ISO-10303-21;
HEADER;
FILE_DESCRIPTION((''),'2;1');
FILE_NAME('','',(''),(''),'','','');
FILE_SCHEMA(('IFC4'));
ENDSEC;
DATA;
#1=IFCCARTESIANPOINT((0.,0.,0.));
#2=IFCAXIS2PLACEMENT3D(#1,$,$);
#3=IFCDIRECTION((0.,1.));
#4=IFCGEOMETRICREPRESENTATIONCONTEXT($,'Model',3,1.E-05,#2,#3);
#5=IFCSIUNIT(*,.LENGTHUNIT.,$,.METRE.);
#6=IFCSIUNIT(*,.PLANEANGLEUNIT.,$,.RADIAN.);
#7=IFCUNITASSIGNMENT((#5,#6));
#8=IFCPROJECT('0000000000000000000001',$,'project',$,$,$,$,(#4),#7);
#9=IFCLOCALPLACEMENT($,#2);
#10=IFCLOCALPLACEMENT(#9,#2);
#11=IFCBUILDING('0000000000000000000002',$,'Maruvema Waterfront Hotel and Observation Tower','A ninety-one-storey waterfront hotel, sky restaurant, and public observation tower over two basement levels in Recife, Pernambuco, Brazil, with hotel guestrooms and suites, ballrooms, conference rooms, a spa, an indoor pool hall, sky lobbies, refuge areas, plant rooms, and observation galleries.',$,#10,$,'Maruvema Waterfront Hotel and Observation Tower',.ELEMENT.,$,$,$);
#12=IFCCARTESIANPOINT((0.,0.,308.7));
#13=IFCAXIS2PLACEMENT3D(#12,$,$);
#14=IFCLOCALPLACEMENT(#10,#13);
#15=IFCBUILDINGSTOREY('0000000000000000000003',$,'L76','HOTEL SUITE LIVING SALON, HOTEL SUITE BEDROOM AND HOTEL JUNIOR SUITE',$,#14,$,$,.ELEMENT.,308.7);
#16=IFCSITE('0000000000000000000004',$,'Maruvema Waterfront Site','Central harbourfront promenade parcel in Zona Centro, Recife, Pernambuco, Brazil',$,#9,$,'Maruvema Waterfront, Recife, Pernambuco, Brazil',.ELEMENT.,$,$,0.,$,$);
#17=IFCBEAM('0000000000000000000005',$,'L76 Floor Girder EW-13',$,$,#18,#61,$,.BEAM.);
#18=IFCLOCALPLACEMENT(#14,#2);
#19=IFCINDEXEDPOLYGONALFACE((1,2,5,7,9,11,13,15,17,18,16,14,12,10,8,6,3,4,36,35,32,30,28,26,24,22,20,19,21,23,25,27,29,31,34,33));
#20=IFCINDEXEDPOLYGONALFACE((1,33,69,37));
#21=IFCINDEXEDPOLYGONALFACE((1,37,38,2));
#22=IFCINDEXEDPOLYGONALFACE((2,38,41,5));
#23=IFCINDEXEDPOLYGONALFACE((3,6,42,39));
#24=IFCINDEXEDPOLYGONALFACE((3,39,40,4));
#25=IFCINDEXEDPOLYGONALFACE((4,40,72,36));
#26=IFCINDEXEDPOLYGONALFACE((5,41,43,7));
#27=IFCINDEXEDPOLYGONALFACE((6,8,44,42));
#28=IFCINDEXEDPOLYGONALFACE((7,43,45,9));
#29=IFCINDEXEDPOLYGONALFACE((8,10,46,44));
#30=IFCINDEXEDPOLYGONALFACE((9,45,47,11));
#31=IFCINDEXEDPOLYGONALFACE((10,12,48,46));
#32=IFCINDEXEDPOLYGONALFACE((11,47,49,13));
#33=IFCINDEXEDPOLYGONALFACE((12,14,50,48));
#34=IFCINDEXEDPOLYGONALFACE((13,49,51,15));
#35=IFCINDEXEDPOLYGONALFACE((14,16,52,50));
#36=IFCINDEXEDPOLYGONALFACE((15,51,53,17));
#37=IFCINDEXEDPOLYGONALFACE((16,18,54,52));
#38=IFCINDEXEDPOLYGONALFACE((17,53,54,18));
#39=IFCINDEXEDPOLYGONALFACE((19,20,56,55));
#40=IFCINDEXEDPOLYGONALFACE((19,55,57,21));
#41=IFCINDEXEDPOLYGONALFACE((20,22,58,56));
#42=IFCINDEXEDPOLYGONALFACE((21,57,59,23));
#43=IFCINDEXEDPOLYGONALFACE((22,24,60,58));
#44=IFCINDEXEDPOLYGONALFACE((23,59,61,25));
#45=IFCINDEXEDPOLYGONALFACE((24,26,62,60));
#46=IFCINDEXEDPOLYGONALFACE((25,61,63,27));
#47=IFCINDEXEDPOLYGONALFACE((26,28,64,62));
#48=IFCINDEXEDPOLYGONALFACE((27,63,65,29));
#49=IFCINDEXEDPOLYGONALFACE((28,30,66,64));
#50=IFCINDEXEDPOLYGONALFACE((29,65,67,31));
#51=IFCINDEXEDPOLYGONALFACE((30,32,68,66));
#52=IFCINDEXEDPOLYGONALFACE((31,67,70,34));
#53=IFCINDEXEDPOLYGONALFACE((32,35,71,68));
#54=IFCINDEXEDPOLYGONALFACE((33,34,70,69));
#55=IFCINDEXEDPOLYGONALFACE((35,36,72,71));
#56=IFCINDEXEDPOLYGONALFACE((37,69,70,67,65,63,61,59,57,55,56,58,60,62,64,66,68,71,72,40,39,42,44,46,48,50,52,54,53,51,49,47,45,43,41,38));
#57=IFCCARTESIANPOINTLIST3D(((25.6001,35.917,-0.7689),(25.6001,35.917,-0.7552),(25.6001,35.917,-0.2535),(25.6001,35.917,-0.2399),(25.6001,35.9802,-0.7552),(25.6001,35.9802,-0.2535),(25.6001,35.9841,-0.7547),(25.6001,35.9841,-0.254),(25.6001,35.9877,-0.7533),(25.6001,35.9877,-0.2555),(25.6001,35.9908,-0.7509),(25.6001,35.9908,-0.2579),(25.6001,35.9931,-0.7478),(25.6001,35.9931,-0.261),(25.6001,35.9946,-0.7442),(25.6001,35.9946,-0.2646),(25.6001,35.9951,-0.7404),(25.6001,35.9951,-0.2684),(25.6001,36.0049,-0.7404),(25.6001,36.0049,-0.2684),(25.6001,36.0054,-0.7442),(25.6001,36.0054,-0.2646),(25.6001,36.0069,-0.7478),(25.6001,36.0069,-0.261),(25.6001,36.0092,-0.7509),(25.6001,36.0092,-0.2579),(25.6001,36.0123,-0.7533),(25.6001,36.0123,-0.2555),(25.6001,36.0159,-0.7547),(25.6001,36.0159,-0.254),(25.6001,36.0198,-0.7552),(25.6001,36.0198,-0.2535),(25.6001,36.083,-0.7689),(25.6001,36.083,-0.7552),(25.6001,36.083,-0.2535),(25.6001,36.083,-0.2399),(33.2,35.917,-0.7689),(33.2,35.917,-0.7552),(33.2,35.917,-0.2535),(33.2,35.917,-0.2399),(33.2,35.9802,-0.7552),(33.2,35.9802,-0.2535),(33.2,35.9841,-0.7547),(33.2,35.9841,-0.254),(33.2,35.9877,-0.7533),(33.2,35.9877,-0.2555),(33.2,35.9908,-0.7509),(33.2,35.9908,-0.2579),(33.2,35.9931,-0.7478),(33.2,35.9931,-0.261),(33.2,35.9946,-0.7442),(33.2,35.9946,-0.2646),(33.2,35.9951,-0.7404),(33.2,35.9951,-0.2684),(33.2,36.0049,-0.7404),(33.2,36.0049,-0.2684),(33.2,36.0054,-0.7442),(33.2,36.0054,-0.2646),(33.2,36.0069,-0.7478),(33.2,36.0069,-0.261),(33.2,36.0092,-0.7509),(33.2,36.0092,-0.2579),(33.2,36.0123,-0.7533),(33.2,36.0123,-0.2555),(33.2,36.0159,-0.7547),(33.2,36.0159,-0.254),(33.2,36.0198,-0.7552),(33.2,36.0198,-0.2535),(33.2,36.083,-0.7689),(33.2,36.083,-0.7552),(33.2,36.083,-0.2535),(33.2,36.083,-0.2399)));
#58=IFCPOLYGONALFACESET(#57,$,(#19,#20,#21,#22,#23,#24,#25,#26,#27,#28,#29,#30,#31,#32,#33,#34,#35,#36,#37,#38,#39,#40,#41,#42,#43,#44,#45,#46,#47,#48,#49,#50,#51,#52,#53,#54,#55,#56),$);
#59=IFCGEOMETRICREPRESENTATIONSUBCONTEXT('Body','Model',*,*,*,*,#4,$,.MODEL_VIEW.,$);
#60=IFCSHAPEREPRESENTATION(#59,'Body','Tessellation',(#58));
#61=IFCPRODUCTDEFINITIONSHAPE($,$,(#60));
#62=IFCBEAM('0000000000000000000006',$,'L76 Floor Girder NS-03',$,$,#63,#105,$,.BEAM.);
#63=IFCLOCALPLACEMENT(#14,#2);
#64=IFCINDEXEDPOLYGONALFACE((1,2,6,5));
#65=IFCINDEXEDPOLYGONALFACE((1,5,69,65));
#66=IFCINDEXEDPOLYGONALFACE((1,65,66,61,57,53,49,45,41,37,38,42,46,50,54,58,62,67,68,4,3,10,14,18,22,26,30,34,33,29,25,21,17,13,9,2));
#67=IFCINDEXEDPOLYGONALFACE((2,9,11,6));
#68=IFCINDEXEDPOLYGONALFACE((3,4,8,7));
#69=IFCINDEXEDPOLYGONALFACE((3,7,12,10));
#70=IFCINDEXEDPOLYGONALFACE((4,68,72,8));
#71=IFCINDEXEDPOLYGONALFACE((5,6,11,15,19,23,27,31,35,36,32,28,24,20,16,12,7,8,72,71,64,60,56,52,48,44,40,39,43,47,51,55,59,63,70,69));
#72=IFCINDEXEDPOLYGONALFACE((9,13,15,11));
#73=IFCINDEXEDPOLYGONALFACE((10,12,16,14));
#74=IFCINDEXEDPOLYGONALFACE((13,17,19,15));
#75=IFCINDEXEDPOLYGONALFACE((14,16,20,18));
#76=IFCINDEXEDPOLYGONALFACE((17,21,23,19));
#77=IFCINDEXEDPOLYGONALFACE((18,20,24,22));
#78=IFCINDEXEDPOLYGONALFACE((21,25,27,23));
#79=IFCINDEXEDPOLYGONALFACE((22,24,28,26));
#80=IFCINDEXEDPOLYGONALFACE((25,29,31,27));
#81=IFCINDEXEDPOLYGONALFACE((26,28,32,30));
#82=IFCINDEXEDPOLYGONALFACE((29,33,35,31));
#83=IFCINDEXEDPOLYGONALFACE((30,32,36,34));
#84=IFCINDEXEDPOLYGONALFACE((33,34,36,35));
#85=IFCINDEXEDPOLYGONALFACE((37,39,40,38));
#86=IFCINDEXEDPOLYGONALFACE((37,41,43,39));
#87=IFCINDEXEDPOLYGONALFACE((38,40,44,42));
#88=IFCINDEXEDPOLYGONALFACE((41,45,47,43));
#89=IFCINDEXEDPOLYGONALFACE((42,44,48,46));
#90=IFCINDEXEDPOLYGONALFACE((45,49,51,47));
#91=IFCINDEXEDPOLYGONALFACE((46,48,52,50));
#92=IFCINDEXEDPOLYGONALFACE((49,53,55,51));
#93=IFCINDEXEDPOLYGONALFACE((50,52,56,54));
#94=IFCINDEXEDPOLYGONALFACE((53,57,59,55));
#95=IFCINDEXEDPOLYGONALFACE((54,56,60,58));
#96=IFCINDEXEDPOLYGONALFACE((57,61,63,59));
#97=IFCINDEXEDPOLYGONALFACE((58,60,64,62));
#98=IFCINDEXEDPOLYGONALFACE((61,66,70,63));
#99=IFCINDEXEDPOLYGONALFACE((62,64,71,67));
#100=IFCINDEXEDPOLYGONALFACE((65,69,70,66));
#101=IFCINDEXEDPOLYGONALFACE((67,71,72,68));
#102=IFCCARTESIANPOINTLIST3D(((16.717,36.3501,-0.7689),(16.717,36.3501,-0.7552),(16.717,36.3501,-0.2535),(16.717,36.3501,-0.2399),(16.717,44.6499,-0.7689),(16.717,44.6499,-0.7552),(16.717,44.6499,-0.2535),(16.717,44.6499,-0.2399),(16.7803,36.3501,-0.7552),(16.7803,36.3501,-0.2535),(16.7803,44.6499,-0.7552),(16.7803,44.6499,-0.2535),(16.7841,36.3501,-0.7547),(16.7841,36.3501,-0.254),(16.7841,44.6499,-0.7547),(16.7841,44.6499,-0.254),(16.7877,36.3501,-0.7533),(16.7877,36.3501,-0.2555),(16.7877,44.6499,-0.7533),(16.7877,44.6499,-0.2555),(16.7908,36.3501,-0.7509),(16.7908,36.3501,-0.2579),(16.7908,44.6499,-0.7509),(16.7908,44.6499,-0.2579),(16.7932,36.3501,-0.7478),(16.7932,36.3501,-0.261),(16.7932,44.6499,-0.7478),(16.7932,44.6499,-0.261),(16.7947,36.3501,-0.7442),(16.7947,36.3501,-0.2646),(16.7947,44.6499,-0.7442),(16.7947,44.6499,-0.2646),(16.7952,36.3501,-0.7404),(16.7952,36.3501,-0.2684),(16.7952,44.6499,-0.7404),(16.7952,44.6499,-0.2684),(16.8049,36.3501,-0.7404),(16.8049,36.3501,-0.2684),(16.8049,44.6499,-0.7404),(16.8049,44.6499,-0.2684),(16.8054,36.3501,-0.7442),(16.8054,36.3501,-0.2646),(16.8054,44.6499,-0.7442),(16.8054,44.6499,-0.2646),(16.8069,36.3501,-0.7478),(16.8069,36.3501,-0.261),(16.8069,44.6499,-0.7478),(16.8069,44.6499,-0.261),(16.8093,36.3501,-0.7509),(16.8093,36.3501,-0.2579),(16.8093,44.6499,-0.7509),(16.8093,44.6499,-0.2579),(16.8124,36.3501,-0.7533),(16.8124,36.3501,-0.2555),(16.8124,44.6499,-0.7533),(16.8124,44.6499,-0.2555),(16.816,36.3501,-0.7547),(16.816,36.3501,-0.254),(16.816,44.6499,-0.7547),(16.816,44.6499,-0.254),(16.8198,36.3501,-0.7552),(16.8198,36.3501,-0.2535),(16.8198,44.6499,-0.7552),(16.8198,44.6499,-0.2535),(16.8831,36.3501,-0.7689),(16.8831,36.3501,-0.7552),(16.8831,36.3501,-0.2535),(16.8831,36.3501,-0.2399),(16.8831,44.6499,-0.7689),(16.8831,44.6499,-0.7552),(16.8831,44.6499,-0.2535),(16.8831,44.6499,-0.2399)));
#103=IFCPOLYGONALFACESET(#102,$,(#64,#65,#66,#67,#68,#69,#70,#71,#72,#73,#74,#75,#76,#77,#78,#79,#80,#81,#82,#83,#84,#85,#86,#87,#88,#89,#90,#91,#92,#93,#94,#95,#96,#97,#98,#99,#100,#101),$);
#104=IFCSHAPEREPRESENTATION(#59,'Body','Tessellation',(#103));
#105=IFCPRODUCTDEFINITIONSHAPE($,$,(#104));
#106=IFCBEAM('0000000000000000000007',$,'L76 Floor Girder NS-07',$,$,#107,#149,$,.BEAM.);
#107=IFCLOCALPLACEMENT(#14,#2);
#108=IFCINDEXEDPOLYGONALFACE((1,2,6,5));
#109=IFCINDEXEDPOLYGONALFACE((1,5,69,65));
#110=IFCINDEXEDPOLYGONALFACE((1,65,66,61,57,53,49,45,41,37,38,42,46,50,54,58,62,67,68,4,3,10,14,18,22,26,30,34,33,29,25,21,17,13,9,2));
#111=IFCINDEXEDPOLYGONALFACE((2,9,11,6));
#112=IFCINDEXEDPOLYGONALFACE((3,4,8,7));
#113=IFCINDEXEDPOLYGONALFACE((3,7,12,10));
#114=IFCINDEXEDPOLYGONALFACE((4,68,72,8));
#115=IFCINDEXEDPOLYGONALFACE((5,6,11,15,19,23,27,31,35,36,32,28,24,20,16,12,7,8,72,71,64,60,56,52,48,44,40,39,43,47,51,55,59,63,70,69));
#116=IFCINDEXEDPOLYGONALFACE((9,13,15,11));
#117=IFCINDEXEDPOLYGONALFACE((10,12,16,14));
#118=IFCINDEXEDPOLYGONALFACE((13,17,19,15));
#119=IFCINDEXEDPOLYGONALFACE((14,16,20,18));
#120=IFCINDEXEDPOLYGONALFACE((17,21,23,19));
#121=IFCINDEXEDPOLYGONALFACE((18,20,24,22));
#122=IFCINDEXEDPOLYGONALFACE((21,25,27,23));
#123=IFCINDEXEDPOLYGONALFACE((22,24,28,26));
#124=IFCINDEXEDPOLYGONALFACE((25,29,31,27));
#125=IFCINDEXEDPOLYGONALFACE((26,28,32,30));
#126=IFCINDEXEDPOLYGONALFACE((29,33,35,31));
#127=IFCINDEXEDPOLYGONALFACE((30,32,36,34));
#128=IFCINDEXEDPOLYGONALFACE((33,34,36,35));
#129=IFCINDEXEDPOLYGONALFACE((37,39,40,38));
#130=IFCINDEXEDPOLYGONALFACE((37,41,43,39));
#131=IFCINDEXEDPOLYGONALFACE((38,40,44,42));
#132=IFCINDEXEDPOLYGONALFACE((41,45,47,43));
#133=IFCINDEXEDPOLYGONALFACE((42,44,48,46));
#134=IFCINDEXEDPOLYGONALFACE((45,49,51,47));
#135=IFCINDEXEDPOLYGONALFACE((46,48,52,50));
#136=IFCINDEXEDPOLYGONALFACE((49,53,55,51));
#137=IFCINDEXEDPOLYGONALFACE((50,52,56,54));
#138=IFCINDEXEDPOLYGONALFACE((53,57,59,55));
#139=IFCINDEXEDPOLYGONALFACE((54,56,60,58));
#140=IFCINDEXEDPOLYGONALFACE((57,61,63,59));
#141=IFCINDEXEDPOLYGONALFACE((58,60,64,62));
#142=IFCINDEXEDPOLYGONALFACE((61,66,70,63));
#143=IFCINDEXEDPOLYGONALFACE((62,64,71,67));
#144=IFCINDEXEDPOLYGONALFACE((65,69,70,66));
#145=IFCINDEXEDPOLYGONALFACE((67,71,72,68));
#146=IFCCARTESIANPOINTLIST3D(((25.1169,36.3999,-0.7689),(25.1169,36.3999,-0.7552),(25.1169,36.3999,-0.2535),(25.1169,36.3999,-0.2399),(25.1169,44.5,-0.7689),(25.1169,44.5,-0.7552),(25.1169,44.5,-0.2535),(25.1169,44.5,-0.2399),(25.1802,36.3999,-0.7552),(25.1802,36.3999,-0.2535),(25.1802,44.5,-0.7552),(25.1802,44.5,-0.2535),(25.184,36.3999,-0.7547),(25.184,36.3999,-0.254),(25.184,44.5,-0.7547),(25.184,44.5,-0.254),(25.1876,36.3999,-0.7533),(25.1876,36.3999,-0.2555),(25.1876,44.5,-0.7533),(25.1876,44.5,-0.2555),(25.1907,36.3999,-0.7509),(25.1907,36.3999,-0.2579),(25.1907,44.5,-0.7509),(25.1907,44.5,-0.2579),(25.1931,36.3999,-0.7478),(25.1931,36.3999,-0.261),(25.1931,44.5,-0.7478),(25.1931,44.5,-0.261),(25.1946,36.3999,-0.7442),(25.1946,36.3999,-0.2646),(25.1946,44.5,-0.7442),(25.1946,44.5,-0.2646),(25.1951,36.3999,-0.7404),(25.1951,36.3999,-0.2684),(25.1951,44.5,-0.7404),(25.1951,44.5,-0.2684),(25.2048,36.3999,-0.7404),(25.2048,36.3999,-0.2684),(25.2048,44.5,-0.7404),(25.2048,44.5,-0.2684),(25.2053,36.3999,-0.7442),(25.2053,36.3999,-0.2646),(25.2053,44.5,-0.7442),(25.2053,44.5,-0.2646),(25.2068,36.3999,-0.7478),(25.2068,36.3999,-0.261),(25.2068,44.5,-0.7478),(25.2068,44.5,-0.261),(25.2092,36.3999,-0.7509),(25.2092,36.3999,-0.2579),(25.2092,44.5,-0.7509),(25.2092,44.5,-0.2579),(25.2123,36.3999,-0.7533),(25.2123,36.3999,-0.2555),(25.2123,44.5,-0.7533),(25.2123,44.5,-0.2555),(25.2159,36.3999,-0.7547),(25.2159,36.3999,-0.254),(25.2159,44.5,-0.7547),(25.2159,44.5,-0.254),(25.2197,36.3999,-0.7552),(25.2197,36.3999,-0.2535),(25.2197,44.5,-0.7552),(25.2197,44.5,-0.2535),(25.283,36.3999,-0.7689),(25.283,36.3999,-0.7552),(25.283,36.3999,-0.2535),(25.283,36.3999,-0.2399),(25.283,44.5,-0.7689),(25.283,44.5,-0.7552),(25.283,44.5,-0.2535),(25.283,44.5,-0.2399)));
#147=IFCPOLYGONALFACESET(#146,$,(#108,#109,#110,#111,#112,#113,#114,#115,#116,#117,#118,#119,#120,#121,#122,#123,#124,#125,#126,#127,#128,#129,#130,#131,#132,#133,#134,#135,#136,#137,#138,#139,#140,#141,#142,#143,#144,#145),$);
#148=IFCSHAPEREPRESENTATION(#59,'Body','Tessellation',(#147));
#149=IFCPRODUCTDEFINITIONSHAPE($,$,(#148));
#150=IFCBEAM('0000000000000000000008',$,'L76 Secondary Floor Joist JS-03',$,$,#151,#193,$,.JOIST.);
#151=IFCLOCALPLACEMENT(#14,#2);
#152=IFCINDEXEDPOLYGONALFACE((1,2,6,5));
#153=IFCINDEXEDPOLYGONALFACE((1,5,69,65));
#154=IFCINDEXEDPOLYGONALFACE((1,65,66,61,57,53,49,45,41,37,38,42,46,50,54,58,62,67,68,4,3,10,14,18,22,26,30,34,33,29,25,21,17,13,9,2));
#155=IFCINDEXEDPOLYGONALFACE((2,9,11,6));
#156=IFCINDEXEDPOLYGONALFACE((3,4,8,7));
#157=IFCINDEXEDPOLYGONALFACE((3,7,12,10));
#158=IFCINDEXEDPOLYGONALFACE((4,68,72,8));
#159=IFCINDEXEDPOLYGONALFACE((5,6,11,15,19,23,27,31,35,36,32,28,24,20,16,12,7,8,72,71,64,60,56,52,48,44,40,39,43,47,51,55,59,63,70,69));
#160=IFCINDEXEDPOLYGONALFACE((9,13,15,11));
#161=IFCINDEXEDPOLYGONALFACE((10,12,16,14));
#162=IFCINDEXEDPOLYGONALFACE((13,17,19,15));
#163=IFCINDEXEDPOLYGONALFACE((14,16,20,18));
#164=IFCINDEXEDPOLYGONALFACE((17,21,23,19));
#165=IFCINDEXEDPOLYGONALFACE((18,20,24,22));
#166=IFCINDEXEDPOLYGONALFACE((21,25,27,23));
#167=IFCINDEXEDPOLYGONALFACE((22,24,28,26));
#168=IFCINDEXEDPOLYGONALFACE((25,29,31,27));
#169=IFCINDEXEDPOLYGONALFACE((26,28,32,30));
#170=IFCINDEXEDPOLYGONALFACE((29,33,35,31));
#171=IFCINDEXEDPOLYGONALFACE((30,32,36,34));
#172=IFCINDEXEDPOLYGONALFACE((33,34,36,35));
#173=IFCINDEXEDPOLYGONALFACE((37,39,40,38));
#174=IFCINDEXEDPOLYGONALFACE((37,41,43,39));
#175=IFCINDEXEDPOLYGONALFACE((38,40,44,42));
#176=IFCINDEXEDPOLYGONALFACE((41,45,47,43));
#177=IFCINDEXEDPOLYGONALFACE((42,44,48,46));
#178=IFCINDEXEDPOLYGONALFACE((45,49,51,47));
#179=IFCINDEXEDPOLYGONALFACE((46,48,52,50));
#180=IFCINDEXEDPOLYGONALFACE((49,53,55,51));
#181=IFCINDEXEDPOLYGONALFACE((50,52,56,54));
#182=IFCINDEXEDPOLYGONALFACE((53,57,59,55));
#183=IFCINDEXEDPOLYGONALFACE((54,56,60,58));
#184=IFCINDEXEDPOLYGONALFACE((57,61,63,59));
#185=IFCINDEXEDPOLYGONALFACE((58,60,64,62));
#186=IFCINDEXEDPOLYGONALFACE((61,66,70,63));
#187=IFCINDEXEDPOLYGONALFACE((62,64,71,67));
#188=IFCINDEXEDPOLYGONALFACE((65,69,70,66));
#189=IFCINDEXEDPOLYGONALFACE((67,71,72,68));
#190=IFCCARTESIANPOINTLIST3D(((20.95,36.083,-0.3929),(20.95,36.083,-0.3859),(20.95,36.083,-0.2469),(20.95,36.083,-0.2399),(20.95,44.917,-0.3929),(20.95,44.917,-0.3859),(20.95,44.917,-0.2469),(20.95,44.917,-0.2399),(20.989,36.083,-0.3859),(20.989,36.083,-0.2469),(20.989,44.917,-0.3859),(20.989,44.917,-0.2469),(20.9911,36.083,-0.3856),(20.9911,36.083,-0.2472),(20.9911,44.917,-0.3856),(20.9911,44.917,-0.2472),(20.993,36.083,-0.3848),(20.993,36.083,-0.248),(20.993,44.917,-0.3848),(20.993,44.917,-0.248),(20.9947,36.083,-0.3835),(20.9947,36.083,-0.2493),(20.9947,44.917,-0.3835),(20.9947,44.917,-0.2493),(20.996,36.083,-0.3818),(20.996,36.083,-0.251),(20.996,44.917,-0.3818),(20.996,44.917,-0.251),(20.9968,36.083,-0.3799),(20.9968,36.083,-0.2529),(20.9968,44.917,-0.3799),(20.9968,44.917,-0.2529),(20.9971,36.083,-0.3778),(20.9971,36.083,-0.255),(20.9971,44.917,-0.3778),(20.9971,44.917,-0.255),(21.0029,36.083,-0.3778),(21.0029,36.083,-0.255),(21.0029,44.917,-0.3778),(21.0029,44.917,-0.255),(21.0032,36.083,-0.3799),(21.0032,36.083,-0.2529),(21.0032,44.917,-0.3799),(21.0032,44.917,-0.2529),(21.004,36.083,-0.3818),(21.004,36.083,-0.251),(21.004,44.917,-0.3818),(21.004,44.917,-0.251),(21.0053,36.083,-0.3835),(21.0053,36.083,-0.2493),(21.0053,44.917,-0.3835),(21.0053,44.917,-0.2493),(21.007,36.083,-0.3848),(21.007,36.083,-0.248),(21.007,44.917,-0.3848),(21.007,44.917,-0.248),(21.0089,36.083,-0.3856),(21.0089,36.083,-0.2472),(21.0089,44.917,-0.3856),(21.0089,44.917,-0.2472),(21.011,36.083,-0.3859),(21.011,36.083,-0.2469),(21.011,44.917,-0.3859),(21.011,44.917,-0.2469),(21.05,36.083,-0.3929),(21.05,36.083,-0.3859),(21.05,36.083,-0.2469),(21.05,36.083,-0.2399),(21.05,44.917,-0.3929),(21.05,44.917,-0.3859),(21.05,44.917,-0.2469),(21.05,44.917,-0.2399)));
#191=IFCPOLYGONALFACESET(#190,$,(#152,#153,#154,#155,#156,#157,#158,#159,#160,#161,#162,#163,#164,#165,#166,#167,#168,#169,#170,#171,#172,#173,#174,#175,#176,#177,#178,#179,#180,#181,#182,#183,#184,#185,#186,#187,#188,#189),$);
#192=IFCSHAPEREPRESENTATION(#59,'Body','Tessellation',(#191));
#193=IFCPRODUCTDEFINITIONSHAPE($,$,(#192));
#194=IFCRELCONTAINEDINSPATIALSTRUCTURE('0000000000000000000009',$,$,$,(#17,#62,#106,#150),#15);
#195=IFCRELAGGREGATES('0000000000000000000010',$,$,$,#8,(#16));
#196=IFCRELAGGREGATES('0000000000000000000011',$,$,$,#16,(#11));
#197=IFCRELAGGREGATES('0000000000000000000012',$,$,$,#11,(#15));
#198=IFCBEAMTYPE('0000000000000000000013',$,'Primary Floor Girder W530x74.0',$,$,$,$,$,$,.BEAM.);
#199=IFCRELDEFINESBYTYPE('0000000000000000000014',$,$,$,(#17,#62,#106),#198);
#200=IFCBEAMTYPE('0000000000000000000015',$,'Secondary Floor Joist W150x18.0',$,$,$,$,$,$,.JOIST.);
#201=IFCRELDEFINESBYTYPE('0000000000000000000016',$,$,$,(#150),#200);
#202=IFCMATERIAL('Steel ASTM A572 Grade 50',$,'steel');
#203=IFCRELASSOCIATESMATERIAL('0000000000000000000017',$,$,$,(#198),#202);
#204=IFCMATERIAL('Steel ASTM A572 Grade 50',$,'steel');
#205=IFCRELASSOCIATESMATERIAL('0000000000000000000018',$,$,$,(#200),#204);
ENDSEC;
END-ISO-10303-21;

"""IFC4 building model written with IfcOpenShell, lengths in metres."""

from ifc_helpers import new_model, si_unit, direction, frame, origin, origin_2d, place, context, subcontext, project, spatial, i_section, extrude, material, material_profile, profile_set, type_object, element, save


model = new_model("IFC4")

# Units and contexts
model_context = context("Model", 3, precision=1e-05, world=origin(), true_north=direction((0.0, 1.0)))
body_context = subcontext(model_context, "Body", "Model", "MODEL_VIEW")
ifc_project = project(units=[si_unit("LENGTHUNIT", "METRE"), si_unit("PLANEANGLEUNIT", "RADIAN")], contexts=[model_context])

# Site, building, storey
site_placement = place(None, origin())
site = spatial("IfcSite", under=ifc_project, at=site_placement, Name="Maruvema Waterfront Site", Description="Central harbourfront promenade parcel in Zona Centro, Recife, Pernambuco, Brazil", LongName="Maruvema Waterfront, Recife, Pernambuco, Brazil", CompositionType="ELEMENT", RefElevation=0.0)
building_placement = place(site_placement, origin())
building = spatial("IfcBuilding", under=site, at=building_placement, Name="Maruvema Waterfront Hotel and Observation Tower", Description="A ninety-one-storey waterfront hotel, sky restaurant, and public observation tower over two basement levels in Recife, Pernambuco, Brazil, with hotel guestrooms and suites, ballrooms, conference rooms, a spa, an indoor pool hall, sky lobbies, refuge areas, plant rooms, and observation galleries.", LongName="Maruvema Waterfront Hotel and Observation Tower", CompositionType="ELEMENT")
storey_placement = place(building_placement, frame((0.0, 0.0, 308.7)))
storey = spatial("IfcBuildingStorey", under=building, at=storey_placement, Name="L76", Description="HOTEL SUITE LIVING SALON, HOTEL SUITE BEDROOM AND HOTEL JUNIOR SUITE", CompositionType="ELEMENT", Elevation=308.7)

# Beams
ifc_material_1 = material(Name="Steel ASTM A572 Grade 50", Category="steel")
ifc_material_profile_1 = material_profile(ifc_material_1, i_section(OverallWidth=0.166, OverallDepth=0.5291, WebThickness=0.0098, FlangeThickness=0.0137, FilletRadius=0.0149, at=origin_2d()), Name="W530x74.0")
ifc_profile_set_1 = profile_set([ifc_material_profile_1], Name="Steel ASTM A572 Grade 50")
beam_type_1 = type_object("IfcBeamType", Name="Primary Floor Girder W530x74.0", PredefinedType="BEAM", material=ifc_profile_set_1)
beam_1_placement = place(storey_placement, frame((25.6001, 36.0, -0.5044), z_axis=(1.0, 0.0, 0.0), x_axis=(0.0, 1.0, 0.0)))
element("IfcBeam", 1, at=beam_1_placement, inside=storey, type_object=beam_type_1, Name="L76 Floor Girder EW-13", PredefinedType="BEAM", context=body_context, shape_type="SweptSolid", body=[
    extrude(i_section(OverallWidth=0.166, OverallDepth=0.5291, WebThickness=0.0098, FlangeThickness=0.0137, FilletRadius=0.0149, at=origin_2d()), origin(), (0.0, 0.0, 1.0), 7.5999),
])
beam_2_placement = place(storey_placement, frame((16.8, 36.3501, -0.5044), z_axis=(0.0, 1.0, 0.0), x_axis=(-1.0, 0.0, 0.0)))
element("IfcBeam", 2, at=beam_2_placement, inside=storey, type_object=beam_type_1, Name="L76 Floor Girder NS-03", PredefinedType="BEAM", context=body_context, shape_type="SweptSolid", body=[
    extrude(i_section(OverallWidth=0.166, OverallDepth=0.5291, WebThickness=0.0098, FlangeThickness=0.0137, FilletRadius=0.0149, at=origin_2d()), origin(), (0.0, 0.0, 1.0), 8.2998),
])
beam_3_placement = place(storey_placement, frame((25.2, 36.3999, -0.5044), z_axis=(0.0, 1.0, 0.0), x_axis=(-1.0, 0.0, 0.0)))
element("IfcBeam", 3, at=beam_3_placement, inside=storey, type_object=beam_type_1, Name="L76 Floor Girder NS-07", PredefinedType="BEAM", context=body_context, shape_type="SweptSolid", body=[
    extrude(i_section(OverallWidth=0.166, OverallDepth=0.5291, WebThickness=0.0098, FlangeThickness=0.0137, FilletRadius=0.0149, at=origin_2d()), origin(), (0.0, 0.0, 1.0), 8.1001),
])
ifc_material_2 = material(Name="Steel ASTM A572 Grade 50", Category="steel")
ifc_material_profile_2 = material_profile(ifc_material_2, i_section(OverallWidth=0.1001, OverallDepth=0.1531, WebThickness=0.0059, FlangeThickness=0.0071, FilletRadius=0.0081, at=origin_2d()), Name="W150x18.0")
ifc_profile_set_2 = profile_set([ifc_material_profile_2], Name="Steel ASTM A572 Grade 50")
beam_type_2 = type_object("IfcBeamType", Name="Secondary Floor Joist W150x18.0", PredefinedType="JOIST", material=ifc_profile_set_2)
beam_4_placement = place(storey_placement, frame((21.0, 36.083, -0.3164), z_axis=(0.0, 1.0, 0.0), x_axis=(-1.0, 0.0, 0.0)))
element("IfcBeam", 4, at=beam_4_placement, inside=storey, type_object=beam_type_2, Name="L76 Secondary Floor Joist JS-03", PredefinedType="JOIST", context=body_context, shape_type="SweptSolid", body=[
    extrude(i_section(OverallWidth=0.1001, OverallDepth=0.1531, WebThickness=0.0059, FlangeThickness=0.0071, FilletRadius=0.0081, at=origin_2d()), origin(), (0.0, 0.0, 1.0), 8.834),
])

save(model, "model.ifc")
